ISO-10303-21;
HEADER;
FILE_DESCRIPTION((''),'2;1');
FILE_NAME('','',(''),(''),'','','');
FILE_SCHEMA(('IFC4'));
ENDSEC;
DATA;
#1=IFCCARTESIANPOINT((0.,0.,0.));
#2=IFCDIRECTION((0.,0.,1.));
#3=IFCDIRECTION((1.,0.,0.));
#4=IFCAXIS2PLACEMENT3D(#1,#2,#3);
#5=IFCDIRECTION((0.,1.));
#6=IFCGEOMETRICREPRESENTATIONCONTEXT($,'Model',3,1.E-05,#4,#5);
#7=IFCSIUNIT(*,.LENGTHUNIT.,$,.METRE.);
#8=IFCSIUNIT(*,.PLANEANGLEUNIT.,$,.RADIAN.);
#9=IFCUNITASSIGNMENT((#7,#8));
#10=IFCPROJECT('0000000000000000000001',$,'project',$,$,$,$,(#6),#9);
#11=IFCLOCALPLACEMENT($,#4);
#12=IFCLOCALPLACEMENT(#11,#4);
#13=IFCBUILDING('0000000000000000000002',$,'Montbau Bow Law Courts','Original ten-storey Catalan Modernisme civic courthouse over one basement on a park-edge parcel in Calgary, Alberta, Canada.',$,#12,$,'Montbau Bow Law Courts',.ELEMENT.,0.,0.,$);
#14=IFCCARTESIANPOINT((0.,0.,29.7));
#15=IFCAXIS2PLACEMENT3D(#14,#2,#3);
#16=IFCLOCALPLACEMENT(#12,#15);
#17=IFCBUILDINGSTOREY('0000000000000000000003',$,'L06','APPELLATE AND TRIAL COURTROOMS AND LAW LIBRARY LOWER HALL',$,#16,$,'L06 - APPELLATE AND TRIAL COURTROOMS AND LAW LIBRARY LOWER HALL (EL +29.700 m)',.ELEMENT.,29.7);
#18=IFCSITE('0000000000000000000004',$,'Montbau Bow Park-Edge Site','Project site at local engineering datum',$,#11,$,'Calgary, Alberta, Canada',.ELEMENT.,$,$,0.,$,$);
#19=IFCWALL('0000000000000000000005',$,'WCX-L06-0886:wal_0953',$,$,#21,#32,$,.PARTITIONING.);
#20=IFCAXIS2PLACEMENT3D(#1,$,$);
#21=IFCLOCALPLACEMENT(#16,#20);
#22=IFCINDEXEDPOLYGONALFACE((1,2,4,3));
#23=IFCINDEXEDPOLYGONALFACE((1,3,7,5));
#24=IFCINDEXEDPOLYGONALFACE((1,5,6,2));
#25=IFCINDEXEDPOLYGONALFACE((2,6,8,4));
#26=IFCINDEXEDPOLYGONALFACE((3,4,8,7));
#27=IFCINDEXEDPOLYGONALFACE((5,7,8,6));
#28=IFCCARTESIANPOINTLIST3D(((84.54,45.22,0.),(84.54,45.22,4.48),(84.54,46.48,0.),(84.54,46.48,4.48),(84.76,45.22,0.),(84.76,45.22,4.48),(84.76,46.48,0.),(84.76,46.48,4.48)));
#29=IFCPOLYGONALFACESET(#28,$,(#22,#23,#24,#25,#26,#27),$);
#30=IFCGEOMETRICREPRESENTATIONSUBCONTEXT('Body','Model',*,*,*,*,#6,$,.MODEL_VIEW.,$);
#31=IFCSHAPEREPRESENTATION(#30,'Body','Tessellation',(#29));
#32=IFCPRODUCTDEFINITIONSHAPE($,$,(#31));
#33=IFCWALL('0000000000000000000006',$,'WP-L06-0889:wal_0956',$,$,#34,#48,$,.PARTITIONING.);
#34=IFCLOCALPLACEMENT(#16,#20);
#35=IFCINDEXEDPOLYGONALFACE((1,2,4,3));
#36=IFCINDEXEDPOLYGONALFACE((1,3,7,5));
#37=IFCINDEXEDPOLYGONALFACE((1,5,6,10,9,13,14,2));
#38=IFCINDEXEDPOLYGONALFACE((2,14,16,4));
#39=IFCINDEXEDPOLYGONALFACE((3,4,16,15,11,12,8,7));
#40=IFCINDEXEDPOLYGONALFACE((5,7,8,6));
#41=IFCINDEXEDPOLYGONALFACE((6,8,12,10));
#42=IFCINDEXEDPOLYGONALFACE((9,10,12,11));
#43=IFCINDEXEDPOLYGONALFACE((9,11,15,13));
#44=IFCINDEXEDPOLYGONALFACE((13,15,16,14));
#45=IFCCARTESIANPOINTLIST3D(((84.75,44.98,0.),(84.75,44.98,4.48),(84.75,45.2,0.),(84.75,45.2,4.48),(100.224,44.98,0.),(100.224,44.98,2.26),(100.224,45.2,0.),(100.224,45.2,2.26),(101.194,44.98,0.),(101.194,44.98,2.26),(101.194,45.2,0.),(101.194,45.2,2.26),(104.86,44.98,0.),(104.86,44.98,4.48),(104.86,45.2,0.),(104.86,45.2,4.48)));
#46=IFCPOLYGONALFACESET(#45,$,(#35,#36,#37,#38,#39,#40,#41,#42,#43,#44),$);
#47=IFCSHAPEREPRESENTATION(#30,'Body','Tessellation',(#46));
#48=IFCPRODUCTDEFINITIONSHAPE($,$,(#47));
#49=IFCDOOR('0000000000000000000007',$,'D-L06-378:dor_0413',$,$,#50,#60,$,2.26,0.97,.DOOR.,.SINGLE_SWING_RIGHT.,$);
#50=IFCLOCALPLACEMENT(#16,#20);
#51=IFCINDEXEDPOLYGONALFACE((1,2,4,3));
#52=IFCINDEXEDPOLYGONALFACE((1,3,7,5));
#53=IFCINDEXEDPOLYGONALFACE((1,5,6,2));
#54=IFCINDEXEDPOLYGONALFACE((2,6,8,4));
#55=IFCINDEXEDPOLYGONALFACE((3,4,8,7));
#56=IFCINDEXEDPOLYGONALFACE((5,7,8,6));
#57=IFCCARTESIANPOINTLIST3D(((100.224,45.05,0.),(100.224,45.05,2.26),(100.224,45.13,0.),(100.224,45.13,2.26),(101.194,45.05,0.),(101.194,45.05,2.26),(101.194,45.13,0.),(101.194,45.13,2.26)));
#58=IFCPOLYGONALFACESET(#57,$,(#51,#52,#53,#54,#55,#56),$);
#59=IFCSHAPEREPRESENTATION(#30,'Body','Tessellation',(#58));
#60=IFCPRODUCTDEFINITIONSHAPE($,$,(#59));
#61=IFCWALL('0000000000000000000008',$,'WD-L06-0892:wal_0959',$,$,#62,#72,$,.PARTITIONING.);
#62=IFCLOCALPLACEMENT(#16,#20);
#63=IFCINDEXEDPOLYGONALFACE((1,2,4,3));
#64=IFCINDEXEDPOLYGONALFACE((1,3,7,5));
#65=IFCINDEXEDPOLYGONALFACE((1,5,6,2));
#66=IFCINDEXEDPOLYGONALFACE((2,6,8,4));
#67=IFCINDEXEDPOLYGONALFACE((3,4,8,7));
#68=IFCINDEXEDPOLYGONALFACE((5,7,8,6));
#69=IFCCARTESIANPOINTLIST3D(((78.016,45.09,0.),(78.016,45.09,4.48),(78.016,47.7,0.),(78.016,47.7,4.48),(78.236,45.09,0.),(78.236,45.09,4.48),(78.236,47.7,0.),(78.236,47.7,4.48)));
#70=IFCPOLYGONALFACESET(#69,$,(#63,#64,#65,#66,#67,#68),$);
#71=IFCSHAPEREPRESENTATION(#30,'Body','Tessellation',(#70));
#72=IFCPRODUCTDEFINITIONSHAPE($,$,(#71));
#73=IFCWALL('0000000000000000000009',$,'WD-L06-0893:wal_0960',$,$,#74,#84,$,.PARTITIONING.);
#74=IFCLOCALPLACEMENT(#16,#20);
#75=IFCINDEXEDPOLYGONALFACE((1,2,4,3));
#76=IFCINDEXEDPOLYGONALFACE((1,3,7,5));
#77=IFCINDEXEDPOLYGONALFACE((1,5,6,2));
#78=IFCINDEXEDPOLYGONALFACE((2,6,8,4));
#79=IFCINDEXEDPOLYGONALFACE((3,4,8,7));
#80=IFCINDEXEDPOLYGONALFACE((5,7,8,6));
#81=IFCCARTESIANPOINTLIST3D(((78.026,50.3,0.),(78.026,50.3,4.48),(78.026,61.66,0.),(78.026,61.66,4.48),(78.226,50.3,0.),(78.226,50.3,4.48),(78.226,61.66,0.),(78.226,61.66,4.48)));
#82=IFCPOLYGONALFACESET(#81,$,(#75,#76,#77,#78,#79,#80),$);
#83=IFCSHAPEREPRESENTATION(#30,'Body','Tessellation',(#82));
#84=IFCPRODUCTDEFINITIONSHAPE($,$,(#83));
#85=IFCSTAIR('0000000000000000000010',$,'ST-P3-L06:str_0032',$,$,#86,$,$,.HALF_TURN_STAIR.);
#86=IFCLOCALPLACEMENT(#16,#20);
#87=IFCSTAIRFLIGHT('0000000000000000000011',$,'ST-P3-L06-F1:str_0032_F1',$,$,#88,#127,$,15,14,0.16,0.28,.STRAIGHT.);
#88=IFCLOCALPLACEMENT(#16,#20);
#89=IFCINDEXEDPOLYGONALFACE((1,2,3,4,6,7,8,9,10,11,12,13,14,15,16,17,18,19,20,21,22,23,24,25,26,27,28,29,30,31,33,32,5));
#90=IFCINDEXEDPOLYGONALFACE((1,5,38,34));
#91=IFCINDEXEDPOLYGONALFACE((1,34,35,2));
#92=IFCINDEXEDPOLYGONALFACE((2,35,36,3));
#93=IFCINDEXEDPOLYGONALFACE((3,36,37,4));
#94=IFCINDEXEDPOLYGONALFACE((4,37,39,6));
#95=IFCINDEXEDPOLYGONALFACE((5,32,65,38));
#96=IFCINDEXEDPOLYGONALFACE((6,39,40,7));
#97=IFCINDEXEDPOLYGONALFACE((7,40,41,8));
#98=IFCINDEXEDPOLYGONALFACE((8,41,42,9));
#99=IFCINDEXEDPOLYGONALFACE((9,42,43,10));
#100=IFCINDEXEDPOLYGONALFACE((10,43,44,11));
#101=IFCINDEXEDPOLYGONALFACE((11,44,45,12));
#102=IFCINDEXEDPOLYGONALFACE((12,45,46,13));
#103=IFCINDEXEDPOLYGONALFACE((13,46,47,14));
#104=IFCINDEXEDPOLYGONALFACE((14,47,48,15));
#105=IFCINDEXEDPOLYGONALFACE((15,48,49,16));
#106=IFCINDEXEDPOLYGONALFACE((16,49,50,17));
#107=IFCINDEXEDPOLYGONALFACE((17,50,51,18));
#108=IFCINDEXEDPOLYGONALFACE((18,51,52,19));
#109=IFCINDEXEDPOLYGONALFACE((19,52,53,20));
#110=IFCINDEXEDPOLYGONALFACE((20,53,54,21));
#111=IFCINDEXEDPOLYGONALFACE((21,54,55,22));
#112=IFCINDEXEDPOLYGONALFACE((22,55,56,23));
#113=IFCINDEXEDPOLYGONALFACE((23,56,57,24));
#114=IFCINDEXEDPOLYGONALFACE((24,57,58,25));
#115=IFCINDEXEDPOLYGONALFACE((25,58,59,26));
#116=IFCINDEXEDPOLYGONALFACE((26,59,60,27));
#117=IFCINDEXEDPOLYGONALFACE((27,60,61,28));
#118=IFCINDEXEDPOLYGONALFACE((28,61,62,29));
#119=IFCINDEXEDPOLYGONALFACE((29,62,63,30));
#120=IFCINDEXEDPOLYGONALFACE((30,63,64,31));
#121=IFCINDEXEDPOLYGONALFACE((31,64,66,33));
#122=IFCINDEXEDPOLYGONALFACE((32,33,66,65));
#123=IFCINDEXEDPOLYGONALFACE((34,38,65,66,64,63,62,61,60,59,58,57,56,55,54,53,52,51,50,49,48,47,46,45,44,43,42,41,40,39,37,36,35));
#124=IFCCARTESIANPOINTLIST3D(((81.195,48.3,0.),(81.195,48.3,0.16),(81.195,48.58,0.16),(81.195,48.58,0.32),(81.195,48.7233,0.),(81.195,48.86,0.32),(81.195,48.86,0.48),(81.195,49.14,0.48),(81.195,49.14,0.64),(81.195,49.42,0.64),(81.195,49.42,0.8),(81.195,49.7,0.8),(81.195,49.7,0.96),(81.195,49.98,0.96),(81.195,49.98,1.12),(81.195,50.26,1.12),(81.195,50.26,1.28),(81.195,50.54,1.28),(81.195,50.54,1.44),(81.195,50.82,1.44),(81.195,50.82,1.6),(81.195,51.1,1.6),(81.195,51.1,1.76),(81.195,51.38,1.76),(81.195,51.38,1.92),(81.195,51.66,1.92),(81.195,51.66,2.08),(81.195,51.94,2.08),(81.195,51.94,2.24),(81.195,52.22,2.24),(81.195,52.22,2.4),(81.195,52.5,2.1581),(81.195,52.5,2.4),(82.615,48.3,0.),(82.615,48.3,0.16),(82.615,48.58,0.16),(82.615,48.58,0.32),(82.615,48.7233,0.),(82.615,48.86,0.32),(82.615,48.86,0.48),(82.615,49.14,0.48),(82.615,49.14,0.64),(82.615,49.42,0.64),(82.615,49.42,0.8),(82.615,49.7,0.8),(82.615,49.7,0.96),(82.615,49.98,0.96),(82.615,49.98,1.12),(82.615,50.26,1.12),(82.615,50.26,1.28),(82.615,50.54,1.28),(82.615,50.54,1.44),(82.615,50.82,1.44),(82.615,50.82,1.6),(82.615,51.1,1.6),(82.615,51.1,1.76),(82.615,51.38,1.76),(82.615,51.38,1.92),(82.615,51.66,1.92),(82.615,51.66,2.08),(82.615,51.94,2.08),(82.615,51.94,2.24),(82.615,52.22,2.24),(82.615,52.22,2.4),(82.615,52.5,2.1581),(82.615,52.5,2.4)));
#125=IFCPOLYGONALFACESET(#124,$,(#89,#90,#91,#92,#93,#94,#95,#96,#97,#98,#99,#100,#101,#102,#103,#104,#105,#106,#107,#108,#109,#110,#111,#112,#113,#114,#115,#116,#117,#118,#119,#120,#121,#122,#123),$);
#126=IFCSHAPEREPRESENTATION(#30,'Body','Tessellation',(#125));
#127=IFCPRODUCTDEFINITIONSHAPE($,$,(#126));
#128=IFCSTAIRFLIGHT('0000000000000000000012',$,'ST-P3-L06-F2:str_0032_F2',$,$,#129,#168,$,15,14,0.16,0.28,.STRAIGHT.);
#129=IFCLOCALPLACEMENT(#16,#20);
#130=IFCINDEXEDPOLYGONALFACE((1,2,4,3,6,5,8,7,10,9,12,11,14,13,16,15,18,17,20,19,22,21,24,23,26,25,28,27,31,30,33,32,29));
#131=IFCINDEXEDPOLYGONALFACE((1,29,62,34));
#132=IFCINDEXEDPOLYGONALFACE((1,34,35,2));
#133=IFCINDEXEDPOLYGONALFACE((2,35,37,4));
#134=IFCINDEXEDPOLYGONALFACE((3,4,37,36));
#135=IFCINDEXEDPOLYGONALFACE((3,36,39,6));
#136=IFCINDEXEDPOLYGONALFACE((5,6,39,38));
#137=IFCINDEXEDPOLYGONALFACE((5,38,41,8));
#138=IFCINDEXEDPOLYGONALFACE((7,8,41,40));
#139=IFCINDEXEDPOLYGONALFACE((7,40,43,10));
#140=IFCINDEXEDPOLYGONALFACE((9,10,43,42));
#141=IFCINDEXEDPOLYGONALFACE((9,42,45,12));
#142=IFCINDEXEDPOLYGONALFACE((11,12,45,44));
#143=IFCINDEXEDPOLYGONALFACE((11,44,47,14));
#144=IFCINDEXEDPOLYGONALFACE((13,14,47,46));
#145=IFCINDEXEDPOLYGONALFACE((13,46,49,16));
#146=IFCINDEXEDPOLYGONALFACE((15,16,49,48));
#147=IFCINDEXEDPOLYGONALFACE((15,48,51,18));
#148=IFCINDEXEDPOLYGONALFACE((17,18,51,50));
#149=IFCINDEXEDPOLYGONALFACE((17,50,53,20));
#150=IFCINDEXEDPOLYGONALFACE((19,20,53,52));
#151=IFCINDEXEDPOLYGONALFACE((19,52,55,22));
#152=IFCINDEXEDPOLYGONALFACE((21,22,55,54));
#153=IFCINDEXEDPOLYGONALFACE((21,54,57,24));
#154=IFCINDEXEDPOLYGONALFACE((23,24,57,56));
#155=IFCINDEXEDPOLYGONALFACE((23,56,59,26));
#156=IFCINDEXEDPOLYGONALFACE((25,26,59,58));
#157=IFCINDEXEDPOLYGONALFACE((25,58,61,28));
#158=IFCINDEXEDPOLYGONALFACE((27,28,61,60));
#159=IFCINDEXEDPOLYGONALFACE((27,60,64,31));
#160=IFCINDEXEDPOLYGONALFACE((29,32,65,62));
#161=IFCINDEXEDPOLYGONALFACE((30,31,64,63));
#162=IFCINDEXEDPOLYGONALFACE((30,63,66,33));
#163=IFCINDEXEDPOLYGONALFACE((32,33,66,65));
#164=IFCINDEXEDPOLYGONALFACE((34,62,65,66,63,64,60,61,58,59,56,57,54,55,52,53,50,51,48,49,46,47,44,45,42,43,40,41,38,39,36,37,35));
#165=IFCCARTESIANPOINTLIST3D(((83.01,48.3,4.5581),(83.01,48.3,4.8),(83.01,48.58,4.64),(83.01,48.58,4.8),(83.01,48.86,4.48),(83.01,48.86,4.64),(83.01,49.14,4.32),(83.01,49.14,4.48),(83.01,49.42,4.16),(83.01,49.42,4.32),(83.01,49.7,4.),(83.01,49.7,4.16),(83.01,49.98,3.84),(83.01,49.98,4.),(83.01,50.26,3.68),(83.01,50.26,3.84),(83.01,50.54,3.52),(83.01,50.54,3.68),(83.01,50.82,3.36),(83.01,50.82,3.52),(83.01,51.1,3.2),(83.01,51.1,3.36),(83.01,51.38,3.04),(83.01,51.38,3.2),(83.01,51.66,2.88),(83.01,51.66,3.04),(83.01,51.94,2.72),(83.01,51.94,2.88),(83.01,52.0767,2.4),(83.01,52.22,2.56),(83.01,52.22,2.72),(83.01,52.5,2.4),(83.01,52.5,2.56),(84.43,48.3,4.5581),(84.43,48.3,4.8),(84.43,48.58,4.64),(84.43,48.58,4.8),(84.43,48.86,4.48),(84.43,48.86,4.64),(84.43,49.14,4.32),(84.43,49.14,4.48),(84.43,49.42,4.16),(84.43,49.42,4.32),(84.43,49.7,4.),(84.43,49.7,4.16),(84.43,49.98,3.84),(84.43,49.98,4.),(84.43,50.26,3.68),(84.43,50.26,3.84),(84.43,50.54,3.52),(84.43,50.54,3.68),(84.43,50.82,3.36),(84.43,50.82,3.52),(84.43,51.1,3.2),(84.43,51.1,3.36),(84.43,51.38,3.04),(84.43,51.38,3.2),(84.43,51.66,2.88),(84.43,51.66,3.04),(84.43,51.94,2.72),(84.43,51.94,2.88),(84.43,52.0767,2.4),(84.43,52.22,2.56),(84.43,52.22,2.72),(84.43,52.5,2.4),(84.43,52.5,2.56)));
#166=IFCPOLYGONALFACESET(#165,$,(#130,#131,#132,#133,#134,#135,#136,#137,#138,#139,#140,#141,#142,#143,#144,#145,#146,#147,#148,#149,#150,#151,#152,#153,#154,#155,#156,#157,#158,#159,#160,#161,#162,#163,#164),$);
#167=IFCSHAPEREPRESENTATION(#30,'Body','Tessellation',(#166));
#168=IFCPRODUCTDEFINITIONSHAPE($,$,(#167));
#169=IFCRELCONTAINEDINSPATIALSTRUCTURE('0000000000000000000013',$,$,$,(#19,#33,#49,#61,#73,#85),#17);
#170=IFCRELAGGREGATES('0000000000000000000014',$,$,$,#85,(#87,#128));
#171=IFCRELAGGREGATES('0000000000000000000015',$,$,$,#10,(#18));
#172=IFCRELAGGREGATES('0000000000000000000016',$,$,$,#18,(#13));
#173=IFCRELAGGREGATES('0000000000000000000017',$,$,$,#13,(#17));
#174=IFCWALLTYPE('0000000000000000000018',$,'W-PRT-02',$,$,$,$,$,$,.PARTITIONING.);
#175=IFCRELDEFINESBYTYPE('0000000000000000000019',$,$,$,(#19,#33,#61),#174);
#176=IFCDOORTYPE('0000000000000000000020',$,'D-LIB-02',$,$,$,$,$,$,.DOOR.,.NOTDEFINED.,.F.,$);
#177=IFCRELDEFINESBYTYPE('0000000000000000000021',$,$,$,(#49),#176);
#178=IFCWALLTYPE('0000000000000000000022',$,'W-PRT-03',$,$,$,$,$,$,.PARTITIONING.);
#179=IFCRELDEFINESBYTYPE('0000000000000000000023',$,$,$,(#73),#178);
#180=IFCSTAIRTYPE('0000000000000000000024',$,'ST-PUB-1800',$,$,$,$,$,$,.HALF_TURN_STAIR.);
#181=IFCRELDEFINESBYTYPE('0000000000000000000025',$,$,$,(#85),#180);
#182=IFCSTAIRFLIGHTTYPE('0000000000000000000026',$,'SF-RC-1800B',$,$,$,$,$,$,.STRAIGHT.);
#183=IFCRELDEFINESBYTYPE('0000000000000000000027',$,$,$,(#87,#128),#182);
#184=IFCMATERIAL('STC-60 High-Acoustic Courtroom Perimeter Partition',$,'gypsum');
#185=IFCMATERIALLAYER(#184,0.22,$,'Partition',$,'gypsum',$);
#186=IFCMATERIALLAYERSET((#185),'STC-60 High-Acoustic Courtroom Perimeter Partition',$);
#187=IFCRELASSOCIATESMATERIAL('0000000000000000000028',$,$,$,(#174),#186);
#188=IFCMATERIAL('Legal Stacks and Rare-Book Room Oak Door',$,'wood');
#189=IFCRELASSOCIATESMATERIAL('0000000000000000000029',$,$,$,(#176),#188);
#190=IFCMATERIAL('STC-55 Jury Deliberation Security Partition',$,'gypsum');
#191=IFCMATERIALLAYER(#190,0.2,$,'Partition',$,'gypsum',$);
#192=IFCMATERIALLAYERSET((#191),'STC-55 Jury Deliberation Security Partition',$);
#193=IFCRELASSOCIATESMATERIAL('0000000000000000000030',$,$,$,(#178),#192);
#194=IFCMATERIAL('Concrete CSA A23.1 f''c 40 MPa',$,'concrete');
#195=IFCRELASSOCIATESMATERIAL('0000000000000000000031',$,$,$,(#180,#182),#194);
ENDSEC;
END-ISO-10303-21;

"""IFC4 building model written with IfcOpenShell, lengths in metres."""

from ifc_helpers import new_model, si_unit, direction, frame, frame_2d, origin_with_axes, place, context, subcontext, project, spatial, polyline, rectangle, outline, extrude, material, layer, layer_set, type_object, element, fill, aggregate, save


model = new_model("IFC4")

# Units and contexts
model_context = context("Model", 3, precision=1e-05, world=origin_with_axes(), true_north=direction((0.0, 1.0)))
body_context = subcontext(model_context, "Body", "Model", "MODEL_VIEW")
ifc_project = project(units=[si_unit("LENGTHUNIT", "METRE"), si_unit("PLANEANGLEUNIT", "RADIAN")], contexts=[model_context])

# Site, building, storey
site_placement = place(None, origin_with_axes())
site = spatial("IfcSite", under=ifc_project, at=site_placement, Name="Montbau Bow Park-Edge Site", Description="Project site at local engineering datum", LongName="Calgary, Alberta, Canada", CompositionType="ELEMENT", RefElevation=0.0)
building_placement = place(site_placement, origin_with_axes())
building = spatial("IfcBuilding", under=site, at=building_placement, Name="Montbau Bow Law Courts", Description="Original ten-storey Catalan Modernisme civic courthouse over one basement on a park-edge parcel in Calgary, Alberta, Canada.", LongName="Montbau Bow Law Courts", CompositionType="ELEMENT", ElevationOfRefHeight=0.0, ElevationOfTerrain=0.0)
storey_placement = place(building_placement, frame((0.0, 0.0, 29.7), z_axis=(0.0, 0.0, 1.0), x_axis=(1.0, 0.0, 0.0)))
storey = spatial("IfcBuildingStorey", under=building, at=storey_placement, Name="L06", Description="APPELLATE AND TRIAL COURTROOMS AND LAW LIBRARY LOWER HALL", LongName="L06 - APPELLATE AND TRIAL COURTROOMS AND LAW LIBRARY LOWER HALL (EL +29.700 m)", CompositionType="ELEMENT", Elevation=29.7)

# Wall
ifc_material_1 = material(Name="STC-60 High-Acoustic Courtroom Perimeter Partition", Category="gypsum")
ifc_layer_1 = layer(ifc_material_1, 0.22, Name="Partition", Category="gypsum")
ifc_layer_set_1 = layer_set([ifc_layer_1], Name="STC-60 High-Acoustic Courtroom Perimeter Partition")
wall_type_1 = type_object("IfcWallType", Name="W-PRT-02", PredefinedType="PARTITIONING", material=ifc_layer_set_1)
for number, where, z_axis, x_axis, name in (
    (1, (84.65, 45.22, 29.7), (0.0, 0.0, 1.0), (0.0, 1.0, 0.0), "WCX-L06-0886:wal_0953"),
):
    element("IfcWall", number, at=place(None, frame(where, z_axis=z_axis, x_axis=x_axis)), inside=storey, type_object=wall_type_1, Name=name, PredefinedType="PARTITIONING", context=body_context, shape_type="SweptSolid", body=[
        extrude(rectangle(XDim=1.26, YDim=0.22, at=frame_2d((0.63, 0.0), x_axis=(1.0, 0.0))), origin_with_axes(), (0.0, 0.0, 1.0), 4.48),
    ])

# Wall, opening, door
wall_1_placement = place(None, frame((84.75, 45.09, 29.7), z_axis=(0.0, 0.0, 1.0), x_axis=(1.0, 0.0, 0.0)))
wall_1 = element("IfcWall", 2, at=wall_1_placement, inside=storey, type_object=wall_type_1, Name="WP-L06-0889:wal_0956", PredefinedType="PARTITIONING", context=body_context, shape_type="SweptSolid", body=[
    extrude(rectangle(XDim=20.11, YDim=0.22, at=frame_2d((10.055, 0.0), x_axis=(1.0, 0.0))), origin_with_axes(), (0.0, 0.0, 1.0), 4.48),
])
opening_1_placement = place(None, frame((100.709, 45.09, 29.7), z_axis=(0.0, 0.0, 1.0), x_axis=(1.0, 0.0, 0.0)))
opening_1 = element("IfcOpeningElement", 3, at=opening_1_placement, cuts=wall_1, PredefinedType="OPENING", context=body_context, shape_type="SweptSolid", body=[
    extrude(rectangle(XDim=0.97, YDim=2.26, at=frame_2d((0.0, 1.13), x_axis=(1.0, 0.0))), frame((0.0, 0.12, 0.0), z_axis=(0.0, -1.0, 0.0), x_axis=(1.0, 0.0, 0.0)), (0.0, 0.0, 1.0), 0.24),
])
ifc_material_2 = material(Name="Legal Stacks and Rare-Book Room Oak Door", Category="wood")
door_type_1 = type_object("IfcDoorType", Name="D-LIB-02", OperationType="NOTDEFINED", ParameterTakesPrecedence=False, PredefinedType="DOOR", material=ifc_material_2)
door_1_placement = place(None, frame((100.709, 45.09, 29.7), z_axis=(0.0, 0.0, 1.0), x_axis=(-1.0, 0.0, 0.0)))
door_1 = element("IfcDoor", 4, at=door_1_placement, inside=storey, type_object=door_type_1, Name="D-L06-378:dor_0413", OperationType="SINGLE_SWING_RIGHT", OverallHeight=2.26, OverallWidth=0.97, PredefinedType="DOOR", context=body_context, shape_type="SweptSolid", body=[
    extrude(rectangle(XDim=0.97, YDim=2.26, at=frame_2d((0.0, 1.13), x_axis=(1.0, 0.0))), frame((0.0, 0.04, 0.0), z_axis=(0.0, -1.0, 0.0), x_axis=(1.0, 0.0, 0.0)), (0.0, 0.0, 1.0), 0.08),
])
fill(opening_1, door_1)

# Walls
wall_2_placement = place(None, frame((78.126, 45.09, 29.7), z_axis=(0.0, 0.0, 1.0), x_axis=(0.0, 1.0, 0.0)))
element("IfcWall", 5, at=wall_2_placement, inside=storey, type_object=wall_type_1, Name="WD-L06-0892:wal_0959", PredefinedType="PARTITIONING", context=body_context, shape_type="SweptSolid", body=[
    extrude(rectangle(XDim=2.61, YDim=0.22, at=frame_2d((1.305, 0.0), x_axis=(1.0, 0.0))), origin_with_axes(), (0.0, 0.0, 1.0), 4.48),
])
ifc_material_3 = material(Name="STC-55 Jury Deliberation Security Partition", Category="gypsum")
ifc_layer_2 = layer(ifc_material_3, 0.2, Name="Partition", Category="gypsum")
ifc_layer_set_2 = layer_set([ifc_layer_2], Name="STC-55 Jury Deliberation Security Partition")
wall_type_2 = type_object("IfcWallType", Name="W-PRT-03", PredefinedType="PARTITIONING", material=ifc_layer_set_2)
wall_3_placement = place(None, frame((78.126, 50.3, 29.7), z_axis=(0.0, 0.0, 1.0), x_axis=(0.0, 1.0, 0.0)))
element("IfcWall", 6, at=wall_3_placement, inside=storey, type_object=wall_type_2, Name="WD-L06-0893:wal_0960", PredefinedType="PARTITIONING", context=body_context, shape_type="SweptSolid", body=[
    extrude(rectangle(XDim=11.36, YDim=0.2, at=frame_2d((5.68, 0.0), x_axis=(1.0, 0.0))), origin_with_axes(), (0.0, 0.0, 1.0), 4.48),
])

# Stair, stair flights
ifc_material_4 = material(Name="Concrete CSA A23.1 f'c 40 MPa", Category="concrete")
stair_type = type_object("IfcStairType", Name="ST-PUB-1800", PredefinedType="HALF_TURN_STAIR", material=ifc_material_4)
stair_placement = place(None, frame((81.905, 48.3, 29.7), z_axis=(0.0, 0.0, 1.0), x_axis=(1.0, 0.0, 0.0)))
stair = element("IfcStair", 7, at=stair_placement, inside=storey, type_object=stair_type, Name="ST-P3-L06:str_0032", PredefinedType="HALF_TURN_STAIR")
stair_flight_type = type_object("IfcStairFlightType", Name="SF-RC-1800B", PredefinedType="STRAIGHT", material=ifc_material_4)
stair_flight_1_placement = place(None, frame((81.905, 48.3, 29.7), z_axis=(0.0, 0.0, 1.0), x_axis=(0.0, 1.0, 0.0)))
stair_flight_1 = element("IfcStairFlight", 8, at=stair_flight_1_placement, type_object=stair_flight_type, Name="ST-P3-L06-F1:str_0032_F1", NumberOfRisers=15, NumberOfTreads=14, PredefinedType="STRAIGHT", RiserHeight=0.16, TreadLength=0.28, context=body_context, shape_type="SweptSolid", body=[
    extrude(outline(polyline([(0.0, 0.0), (0.0, 0.16), (0.28, 0.16), (0.28, 0.32), (0.56, 0.32), (0.56, 0.48), (0.84, 0.48), (0.84, 0.64), (1.12, 0.64), (1.12, 0.8), (1.4, 0.8), (1.4, 0.96), (1.68, 0.96), (1.68, 1.12), (1.96, 1.12), (1.96, 1.28), (2.24, 1.28), (2.24, 1.44), (2.52, 1.44), (2.52, 1.6), (2.8, 1.6), (2.8, 1.76), (3.08, 1.76), (3.08, 1.92), (3.36, 1.92), (3.36, 2.08), (3.64, 2.08), (3.64, 2.24), (3.92, 2.24), (3.92, 2.4), (4.2, 2.4), (4.2, 2.1581), (0.4233, 0.0), (0.0, 0.0)])), frame((0.0, 0.71, 0.0), z_axis=(0.0, -1.0, 0.0), x_axis=(1.0, 0.0, 0.0)), (0.0, 0.0, 1.0), 1.42),
])
stair_flight_2_placement = place(None, frame((83.72, 52.5, 32.1), z_axis=(0.0, 0.0, 1.0), x_axis=(0.0, -1.0, 0.0)))
stair_flight_2 = element("IfcStairFlight", 9, at=stair_flight_2_placement, type_object=stair_flight_type, Name="ST-P3-L06-F2:str_0032_F2", NumberOfRisers=15, NumberOfTreads=14, PredefinedType="STRAIGHT", RiserHeight=0.16, TreadLength=0.28, context=body_context, shape_type="SweptSolid", body=[
    extrude(outline(polyline([(0.0, 0.0), (0.0, 0.16), (0.28, 0.16), (0.28, 0.32), (0.56, 0.32), (0.56, 0.48), (0.84, 0.48), (0.84, 0.64), (1.12, 0.64), (1.12, 0.8), (1.4, 0.8), (1.4, 0.96), (1.68, 0.96), (1.68, 1.12), (1.96, 1.12), (1.96, 1.28), (2.24, 1.28), (2.24, 1.44), (2.52, 1.44), (2.52, 1.6), (2.8, 1.6), (2.8, 1.76), (3.08, 1.76), (3.08, 1.92), (3.36, 1.92), (3.36, 2.08), (3.64, 2.08), (3.64, 2.24), (3.92, 2.24), (3.92, 2.4), (4.2, 2.4), (4.2, 2.1581), (0.4233, 0.0), (0.0, 0.0)])), frame((0.0, 0.71, 0.0), z_axis=(0.0, -1.0, 0.0), x_axis=(1.0, 0.0, 0.0)), (0.0, 0.0, 1.0), 1.42),
])
aggregate(stair, [stair_flight_1, stair_flight_2])

save(model, "model.ifc")
